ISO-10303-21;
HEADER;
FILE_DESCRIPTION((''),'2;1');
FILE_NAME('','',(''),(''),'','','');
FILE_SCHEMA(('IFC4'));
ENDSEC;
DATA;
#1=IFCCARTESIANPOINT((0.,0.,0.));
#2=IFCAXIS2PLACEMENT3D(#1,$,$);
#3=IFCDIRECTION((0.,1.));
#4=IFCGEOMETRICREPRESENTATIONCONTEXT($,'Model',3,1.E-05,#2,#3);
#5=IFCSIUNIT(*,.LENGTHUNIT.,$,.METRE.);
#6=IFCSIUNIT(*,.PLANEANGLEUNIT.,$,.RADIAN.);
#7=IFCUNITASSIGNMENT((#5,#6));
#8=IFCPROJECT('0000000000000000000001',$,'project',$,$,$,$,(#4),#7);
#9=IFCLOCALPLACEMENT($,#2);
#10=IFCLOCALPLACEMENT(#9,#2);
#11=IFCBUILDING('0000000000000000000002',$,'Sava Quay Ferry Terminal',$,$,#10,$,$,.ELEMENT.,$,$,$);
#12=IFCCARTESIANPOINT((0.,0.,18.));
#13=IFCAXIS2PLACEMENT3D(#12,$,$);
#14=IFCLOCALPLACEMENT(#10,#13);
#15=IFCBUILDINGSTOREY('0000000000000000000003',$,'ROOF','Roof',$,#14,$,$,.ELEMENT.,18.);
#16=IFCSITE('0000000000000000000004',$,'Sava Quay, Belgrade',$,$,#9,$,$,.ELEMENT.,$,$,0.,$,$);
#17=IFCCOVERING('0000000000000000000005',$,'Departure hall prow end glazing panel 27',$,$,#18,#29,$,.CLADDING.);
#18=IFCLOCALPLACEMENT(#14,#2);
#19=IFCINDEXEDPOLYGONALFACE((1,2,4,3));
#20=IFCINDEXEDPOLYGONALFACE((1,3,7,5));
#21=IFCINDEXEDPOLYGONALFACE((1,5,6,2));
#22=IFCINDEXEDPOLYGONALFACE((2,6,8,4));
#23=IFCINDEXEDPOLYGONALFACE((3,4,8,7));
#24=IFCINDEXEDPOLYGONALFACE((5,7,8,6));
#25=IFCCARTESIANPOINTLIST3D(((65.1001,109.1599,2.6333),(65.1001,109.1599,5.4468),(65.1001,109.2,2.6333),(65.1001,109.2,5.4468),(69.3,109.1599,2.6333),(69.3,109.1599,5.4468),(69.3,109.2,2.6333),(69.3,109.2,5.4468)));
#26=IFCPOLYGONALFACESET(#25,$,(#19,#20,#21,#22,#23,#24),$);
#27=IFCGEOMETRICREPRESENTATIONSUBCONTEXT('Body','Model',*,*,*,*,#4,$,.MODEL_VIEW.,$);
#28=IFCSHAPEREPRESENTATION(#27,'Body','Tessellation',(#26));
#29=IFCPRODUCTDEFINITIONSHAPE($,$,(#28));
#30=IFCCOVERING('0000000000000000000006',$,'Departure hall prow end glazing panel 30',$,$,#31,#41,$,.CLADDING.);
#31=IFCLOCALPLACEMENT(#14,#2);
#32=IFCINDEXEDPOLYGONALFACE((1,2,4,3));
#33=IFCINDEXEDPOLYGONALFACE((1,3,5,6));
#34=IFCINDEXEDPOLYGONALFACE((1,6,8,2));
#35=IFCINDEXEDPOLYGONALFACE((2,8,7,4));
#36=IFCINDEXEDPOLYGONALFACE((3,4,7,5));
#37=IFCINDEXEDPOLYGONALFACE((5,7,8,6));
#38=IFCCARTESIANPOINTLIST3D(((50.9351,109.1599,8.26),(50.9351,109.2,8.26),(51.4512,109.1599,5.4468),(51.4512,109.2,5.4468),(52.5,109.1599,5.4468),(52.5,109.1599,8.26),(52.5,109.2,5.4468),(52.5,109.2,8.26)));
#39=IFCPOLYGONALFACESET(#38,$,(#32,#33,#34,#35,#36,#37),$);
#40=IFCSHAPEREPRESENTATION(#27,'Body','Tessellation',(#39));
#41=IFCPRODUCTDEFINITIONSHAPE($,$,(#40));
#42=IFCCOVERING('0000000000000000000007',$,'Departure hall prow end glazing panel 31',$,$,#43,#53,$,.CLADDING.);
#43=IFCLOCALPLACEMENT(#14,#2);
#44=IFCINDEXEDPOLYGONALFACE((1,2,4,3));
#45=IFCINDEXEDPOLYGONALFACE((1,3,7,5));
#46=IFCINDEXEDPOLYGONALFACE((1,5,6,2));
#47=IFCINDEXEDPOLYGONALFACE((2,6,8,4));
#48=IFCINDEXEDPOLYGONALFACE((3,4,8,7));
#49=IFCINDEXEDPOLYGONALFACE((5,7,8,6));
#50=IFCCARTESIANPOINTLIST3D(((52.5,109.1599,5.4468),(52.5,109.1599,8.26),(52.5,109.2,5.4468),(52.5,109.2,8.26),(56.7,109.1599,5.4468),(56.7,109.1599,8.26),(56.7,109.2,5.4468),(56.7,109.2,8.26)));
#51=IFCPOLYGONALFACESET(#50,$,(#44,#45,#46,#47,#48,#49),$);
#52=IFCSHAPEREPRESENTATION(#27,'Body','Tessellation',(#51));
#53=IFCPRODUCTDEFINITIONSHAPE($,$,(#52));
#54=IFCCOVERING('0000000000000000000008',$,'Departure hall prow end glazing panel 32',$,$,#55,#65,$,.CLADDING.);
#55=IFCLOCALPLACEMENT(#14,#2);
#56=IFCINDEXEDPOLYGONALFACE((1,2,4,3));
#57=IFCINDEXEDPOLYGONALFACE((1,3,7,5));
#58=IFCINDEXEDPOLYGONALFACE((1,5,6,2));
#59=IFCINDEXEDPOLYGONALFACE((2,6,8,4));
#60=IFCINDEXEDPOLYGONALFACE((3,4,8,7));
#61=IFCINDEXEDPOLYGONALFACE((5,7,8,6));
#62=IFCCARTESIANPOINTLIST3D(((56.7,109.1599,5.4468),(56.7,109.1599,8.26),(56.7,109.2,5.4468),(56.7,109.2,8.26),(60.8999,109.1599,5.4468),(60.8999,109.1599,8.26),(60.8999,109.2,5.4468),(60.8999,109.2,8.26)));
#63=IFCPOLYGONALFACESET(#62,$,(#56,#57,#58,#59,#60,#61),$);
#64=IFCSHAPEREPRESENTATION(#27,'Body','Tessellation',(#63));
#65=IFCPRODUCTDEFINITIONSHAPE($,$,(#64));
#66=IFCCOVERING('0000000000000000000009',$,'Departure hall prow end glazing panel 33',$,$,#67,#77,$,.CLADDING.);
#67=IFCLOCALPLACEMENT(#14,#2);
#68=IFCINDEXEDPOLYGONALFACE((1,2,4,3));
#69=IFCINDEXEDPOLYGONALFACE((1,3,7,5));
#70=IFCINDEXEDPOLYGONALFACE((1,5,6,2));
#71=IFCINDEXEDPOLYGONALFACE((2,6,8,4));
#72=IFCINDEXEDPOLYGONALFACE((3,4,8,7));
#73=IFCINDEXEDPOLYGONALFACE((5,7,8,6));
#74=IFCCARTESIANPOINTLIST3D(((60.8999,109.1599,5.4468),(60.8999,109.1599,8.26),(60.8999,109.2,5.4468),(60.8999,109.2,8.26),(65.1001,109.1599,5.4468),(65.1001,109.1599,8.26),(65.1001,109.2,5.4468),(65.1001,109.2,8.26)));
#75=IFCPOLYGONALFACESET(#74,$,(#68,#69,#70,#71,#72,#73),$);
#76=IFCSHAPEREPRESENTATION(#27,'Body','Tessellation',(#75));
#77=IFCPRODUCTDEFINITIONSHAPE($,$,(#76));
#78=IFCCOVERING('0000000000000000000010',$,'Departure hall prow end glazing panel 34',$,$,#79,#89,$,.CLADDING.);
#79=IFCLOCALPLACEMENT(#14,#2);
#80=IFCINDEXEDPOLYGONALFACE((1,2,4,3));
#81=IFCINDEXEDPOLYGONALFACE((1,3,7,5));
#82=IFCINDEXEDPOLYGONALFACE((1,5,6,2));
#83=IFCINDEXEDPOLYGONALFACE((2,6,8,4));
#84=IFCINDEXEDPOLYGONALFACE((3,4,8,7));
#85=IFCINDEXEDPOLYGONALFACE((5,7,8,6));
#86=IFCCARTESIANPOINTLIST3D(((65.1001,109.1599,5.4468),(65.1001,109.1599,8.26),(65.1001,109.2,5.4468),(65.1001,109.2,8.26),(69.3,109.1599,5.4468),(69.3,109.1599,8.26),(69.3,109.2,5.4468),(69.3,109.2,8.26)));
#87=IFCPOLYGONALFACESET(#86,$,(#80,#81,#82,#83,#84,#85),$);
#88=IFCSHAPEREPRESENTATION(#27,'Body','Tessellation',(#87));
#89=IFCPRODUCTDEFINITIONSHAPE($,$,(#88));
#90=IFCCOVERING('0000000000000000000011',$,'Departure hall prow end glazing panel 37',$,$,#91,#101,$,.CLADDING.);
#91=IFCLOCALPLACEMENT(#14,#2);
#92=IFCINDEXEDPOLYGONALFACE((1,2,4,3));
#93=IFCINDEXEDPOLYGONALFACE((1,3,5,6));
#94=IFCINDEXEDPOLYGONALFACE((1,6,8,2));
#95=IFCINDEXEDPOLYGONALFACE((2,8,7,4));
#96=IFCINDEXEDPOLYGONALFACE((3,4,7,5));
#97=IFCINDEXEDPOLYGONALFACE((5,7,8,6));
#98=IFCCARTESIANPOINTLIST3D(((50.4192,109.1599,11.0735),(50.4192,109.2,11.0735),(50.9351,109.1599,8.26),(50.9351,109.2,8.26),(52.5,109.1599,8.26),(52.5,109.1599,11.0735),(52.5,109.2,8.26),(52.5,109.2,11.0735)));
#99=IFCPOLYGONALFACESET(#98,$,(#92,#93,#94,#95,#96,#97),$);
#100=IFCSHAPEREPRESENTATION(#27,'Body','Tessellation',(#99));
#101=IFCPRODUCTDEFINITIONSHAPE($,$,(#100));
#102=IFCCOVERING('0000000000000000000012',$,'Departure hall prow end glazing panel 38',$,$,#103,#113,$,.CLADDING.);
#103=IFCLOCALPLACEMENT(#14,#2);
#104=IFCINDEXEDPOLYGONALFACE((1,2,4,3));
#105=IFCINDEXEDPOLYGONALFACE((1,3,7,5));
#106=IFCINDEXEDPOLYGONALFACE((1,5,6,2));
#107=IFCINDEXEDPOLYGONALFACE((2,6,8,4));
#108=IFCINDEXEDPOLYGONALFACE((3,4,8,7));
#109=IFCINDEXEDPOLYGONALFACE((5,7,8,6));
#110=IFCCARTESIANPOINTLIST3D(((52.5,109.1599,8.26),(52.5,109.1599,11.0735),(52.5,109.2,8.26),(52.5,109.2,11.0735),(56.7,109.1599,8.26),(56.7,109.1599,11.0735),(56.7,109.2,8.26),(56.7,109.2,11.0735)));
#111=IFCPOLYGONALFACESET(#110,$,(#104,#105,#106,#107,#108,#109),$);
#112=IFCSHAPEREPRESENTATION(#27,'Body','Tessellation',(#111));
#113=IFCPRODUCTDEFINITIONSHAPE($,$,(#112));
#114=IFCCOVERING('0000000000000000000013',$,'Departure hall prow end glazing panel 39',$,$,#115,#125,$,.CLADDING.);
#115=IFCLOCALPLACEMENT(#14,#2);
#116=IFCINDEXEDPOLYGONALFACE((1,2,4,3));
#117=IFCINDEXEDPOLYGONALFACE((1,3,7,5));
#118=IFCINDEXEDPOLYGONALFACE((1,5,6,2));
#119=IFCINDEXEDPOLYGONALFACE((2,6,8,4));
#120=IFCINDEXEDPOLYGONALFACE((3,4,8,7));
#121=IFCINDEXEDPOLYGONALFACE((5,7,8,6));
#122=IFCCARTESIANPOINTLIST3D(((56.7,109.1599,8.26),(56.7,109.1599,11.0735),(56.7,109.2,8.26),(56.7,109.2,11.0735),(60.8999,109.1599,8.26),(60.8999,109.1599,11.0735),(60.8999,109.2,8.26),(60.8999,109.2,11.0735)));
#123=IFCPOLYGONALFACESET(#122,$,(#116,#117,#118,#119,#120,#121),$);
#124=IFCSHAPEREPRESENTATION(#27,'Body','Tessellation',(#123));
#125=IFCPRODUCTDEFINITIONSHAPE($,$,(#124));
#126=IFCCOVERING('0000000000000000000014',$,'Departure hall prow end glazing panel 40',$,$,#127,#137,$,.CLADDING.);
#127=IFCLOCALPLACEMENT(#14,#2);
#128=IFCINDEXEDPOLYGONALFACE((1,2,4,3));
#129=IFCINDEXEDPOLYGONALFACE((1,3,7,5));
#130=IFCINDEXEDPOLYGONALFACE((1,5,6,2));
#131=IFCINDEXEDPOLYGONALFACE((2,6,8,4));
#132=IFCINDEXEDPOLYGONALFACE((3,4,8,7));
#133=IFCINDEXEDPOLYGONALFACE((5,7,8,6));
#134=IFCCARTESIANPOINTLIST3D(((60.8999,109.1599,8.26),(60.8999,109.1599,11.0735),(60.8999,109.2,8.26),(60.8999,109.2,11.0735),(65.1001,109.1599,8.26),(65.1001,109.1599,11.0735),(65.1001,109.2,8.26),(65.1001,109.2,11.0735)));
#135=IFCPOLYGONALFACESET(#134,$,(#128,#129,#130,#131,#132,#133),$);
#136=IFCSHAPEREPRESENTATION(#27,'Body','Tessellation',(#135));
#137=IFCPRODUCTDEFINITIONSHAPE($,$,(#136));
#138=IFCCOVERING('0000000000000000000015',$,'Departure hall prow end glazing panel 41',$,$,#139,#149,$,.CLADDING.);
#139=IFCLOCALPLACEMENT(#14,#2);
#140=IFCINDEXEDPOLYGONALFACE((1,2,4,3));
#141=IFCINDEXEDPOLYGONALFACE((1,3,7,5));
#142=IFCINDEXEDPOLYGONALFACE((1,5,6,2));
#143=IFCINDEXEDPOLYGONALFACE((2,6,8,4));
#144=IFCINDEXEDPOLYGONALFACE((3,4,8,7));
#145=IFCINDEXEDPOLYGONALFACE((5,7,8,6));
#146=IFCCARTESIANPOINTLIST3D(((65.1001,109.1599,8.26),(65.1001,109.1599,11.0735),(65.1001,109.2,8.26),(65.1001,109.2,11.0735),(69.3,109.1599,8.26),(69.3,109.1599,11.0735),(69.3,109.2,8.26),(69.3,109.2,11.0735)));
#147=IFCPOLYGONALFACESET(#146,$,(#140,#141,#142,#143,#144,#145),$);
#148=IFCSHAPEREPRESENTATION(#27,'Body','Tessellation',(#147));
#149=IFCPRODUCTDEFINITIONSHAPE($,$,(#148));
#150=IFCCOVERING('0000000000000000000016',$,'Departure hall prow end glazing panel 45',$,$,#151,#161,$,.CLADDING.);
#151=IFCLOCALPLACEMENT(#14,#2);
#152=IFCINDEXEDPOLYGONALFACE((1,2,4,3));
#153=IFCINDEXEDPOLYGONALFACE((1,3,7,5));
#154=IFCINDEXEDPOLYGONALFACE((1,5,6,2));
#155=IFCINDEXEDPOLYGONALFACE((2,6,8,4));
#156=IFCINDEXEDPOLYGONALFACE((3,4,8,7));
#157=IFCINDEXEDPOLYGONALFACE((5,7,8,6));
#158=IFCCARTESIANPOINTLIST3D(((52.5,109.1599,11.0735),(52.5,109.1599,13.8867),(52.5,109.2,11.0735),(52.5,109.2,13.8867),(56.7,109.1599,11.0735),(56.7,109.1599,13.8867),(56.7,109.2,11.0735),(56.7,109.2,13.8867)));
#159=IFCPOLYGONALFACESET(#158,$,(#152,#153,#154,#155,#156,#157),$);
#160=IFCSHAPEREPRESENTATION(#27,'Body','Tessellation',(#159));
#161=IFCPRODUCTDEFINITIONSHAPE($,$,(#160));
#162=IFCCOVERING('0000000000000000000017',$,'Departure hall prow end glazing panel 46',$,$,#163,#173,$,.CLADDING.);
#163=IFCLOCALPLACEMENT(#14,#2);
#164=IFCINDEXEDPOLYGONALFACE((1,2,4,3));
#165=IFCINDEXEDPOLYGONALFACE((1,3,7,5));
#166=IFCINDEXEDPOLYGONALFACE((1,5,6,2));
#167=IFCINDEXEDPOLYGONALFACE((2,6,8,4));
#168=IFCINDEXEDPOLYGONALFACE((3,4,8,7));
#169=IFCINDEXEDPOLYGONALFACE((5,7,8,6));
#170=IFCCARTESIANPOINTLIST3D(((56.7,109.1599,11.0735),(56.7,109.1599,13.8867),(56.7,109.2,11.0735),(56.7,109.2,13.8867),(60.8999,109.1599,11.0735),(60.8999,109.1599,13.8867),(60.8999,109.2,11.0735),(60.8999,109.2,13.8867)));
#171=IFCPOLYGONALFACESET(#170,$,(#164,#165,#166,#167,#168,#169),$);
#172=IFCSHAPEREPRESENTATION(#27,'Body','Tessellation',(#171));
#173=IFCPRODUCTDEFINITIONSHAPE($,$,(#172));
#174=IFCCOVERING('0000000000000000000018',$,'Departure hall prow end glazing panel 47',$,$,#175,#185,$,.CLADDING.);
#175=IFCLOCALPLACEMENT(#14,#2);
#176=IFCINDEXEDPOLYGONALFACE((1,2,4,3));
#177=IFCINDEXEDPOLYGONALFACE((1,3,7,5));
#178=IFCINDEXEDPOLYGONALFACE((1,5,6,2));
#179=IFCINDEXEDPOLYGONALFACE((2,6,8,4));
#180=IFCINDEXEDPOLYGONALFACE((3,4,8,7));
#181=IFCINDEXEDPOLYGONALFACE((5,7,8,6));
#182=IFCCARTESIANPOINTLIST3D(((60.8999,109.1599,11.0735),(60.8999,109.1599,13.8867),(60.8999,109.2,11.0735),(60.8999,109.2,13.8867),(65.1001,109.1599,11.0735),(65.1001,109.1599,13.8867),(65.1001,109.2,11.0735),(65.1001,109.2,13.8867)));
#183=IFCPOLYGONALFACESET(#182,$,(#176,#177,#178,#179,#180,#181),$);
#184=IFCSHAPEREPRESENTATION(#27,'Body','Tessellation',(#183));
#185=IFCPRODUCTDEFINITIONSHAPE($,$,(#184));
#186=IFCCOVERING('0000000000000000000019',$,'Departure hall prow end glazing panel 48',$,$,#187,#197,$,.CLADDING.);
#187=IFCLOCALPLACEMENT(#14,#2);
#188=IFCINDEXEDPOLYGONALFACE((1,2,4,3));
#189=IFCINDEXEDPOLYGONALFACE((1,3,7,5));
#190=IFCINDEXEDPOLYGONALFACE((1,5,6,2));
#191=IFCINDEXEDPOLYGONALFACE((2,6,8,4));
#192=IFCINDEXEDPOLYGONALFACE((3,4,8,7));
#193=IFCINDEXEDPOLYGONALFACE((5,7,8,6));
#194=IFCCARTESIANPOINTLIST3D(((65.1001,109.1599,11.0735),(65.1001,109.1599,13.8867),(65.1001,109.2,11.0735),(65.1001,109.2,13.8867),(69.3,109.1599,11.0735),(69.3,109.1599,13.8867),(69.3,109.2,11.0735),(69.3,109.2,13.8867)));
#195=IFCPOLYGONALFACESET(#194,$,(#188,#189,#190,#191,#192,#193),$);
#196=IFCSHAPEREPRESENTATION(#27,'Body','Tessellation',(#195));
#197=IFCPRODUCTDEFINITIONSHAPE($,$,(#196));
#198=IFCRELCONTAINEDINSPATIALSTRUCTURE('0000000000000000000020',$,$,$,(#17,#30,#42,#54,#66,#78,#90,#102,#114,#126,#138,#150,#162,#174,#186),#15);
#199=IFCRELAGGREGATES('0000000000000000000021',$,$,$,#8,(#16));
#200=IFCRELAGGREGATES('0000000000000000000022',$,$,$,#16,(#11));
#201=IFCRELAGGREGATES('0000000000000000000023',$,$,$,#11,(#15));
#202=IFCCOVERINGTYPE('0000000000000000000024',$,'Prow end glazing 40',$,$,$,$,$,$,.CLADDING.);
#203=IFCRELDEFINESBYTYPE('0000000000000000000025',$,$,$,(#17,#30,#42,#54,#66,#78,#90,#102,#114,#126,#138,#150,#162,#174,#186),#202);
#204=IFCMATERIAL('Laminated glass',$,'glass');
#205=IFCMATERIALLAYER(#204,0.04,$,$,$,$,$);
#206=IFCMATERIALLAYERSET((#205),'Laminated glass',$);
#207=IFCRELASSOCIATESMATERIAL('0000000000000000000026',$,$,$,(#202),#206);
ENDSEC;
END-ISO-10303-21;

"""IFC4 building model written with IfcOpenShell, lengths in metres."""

from ifc_helpers import new_model, si_unit, direction, frame, origin, place, context, subcontext, project, spatial, polyline, outline, extrude, material, layer, layer_set, type_object, element, save


model = new_model("IFC4")

# Units and contexts
model_context = context("Model", 3, precision=1e-05, world=origin(), true_north=direction((0.0, 1.0)))
body_context = subcontext(model_context, "Body", "Model", "MODEL_VIEW")
ifc_project = project(units=[si_unit("LENGTHUNIT", "METRE"), si_unit("PLANEANGLEUNIT", "RADIAN")], contexts=[model_context])

# Site, building, storey
site_placement = place(None, origin())
site = spatial("IfcSite", under=ifc_project, at=site_placement, Name="Sava Quay, Belgrade", CompositionType="ELEMENT", RefElevation=0.0)
building_placement = place(site_placement, origin())
building = spatial("IfcBuilding", under=site, at=building_placement, Name="Sava Quay Ferry Terminal", CompositionType="ELEMENT")
storey_placement = place(building_placement, frame((0.0, 0.0, 18.0)))
storey = spatial("IfcBuildingStorey", under=building, at=storey_placement, Name="ROOF", Description="Roof", CompositionType="ELEMENT", Elevation=18.0)

# Coverings
ifc_material_1 = material(Name="Laminated glass", Category="glass")
ifc_layer = layer(ifc_material_1, 0.04)
ifc_layer_set = layer_set([ifc_layer], Name="Laminated glass")
covering_type = type_object("IfcCoveringType", Name="Prow end glazing 40", PredefinedType="CLADDING", material=ifc_layer_set)
covering_1_placement = place(storey_placement, frame((65.1001, 109.2, 2.6333), z_axis=(0.0, 1.0, 0.0), x_axis=(0.0, 0.0, 1.0)))
element("IfcCovering", 1, at=covering_1_placement, inside=storey, type_object=covering_type, Name="Departure hall prow end glazing panel 27", PredefinedType="CLADDING", context=body_context, shape_type="SweptSolid", body=[
    extrude(outline(polyline([(0.0, 0.0), (2.8135, 0.0), (2.8135, 4.2), (0.0, 4.2), (0.0, 0.0)])), origin(), (0.0, 0.0, -1.0), 0.04),
])
covering_2_placement = place(storey_placement, frame((50.9351, 109.2, 8.26), z_axis=(0.0, 1.0, 0.0), x_axis=(1.0, 0.0, 0.0)))
element("IfcCovering", 2, at=covering_2_placement, inside=storey, type_object=covering_type, Name="Departure hall prow end glazing panel 30", PredefinedType="CLADDING", context=body_context, shape_type="SweptSolid", body=[
    extrude(outline(polyline([(0.0, 0.0), (1.5649, 0.0), (1.5649, 2.8132), (0.5161, 2.8132), (0.0, 0.0)])), origin(), (0.0, 0.0, -1.0), 0.04),
])
for number, where, z_axis, x_axis, name in (
    (3, (52.5, 109.2, 5.4468), (0.0, 1.0, 0.0), (0.0, 0.0, 1.0), "Departure hall prow end glazing panel 31"),
    (4, (56.7, 109.2, 5.4468), (0.0, 1.0, 0.0), (0.0, 0.0, 1.0), "Departure hall prow end glazing panel 32"),
):
    element("IfcCovering", number, at=place(storey_placement, frame(where, z_axis=z_axis, x_axis=x_axis)), inside=storey, type_object=covering_type, Name=name, PredefinedType="CLADDING", context=body_context, shape_type="SweptSolid", body=[
        extrude(outline(polyline([(0.0, 0.0), (2.8132, 0.0), (2.8132, 4.2), (0.0, 4.2), (0.0, 0.0)])), origin(), (0.0, 0.0, -1.0), 0.04),
    ])
covering_3_placement = place(storey_placement, frame((60.8999, 109.2, 5.4468), z_axis=(0.0, 1.0, 0.0), x_axis=(0.0, 0.0, 1.0)))
element("IfcCovering", 5, at=covering_3_placement, inside=storey, type_object=covering_type, Name="Departure hall prow end glazing panel 33", PredefinedType="CLADDING", context=body_context, shape_type="SweptSolid", body=[
    extrude(outline(polyline([(0.0, 0.0), (2.8132, 0.0), (2.8132, 4.2002), (0.0, 4.2002), (0.0, 0.0)])), origin(), (0.0, 0.0, -1.0), 0.04),
])
covering_4_placement = place(storey_placement, frame((65.1001, 109.2, 5.4468), z_axis=(0.0, 1.0, 0.0), x_axis=(0.0, 0.0, 1.0)))
element("IfcCovering", 6, at=covering_4_placement, inside=storey, type_object=covering_type, Name="Departure hall prow end glazing panel 34", PredefinedType="CLADDING", context=body_context, shape_type="SweptSolid", body=[
    extrude(outline(polyline([(0.0, 0.0), (2.8132, 0.0), (2.8132, 4.2), (0.0, 4.2), (0.0, 0.0)])), origin(), (0.0, 0.0, -1.0), 0.04),
])
covering_5_placement = place(storey_placement, frame((50.4192, 109.2, 11.0735), z_axis=(0.0, 1.0, 0.0), x_axis=(1.0, 0.0, 0.0)))
element("IfcCovering", 7, at=covering_5_placement, inside=storey, type_object=covering_type, Name="Departure hall prow end glazing panel 37", PredefinedType="CLADDING", context=body_context, shape_type="SweptSolid", body=[
    extrude(outline(polyline([(0.0, 0.0), (2.0808, 0.0), (2.0808, 2.8135), (0.5159, 2.8135), (0.0, 0.0)])), origin(), (0.0, 0.0, -1.0), 0.04),
])
for number, where, z_axis, x_axis, name in (
    (8, (52.5, 109.2, 8.26), (0.0, 1.0, 0.0), (0.0, 0.0, 1.0), "Departure hall prow end glazing panel 38"),
    (9, (56.7, 109.2, 8.26), (0.0, 1.0, 0.0), (0.0, 0.0, 1.0), "Departure hall prow end glazing panel 39"),
):
    element("IfcCovering", number, at=place(storey_placement, frame(where, z_axis=z_axis, x_axis=x_axis)), inside=storey, type_object=covering_type, Name=name, PredefinedType="CLADDING", context=body_context, shape_type="SweptSolid", body=[
        extrude(outline(polyline([(0.0, 0.0), (2.8135, 0.0), (2.8135, 4.2), (0.0, 4.2), (0.0, 0.0)])), origin(), (0.0, 0.0, -1.0), 0.04),
    ])
covering_6_placement = place(storey_placement, frame((60.8999, 109.2, 8.26), z_axis=(0.0, 1.0, 0.0), x_axis=(0.0, 0.0, 1.0)))
element("IfcCovering", 10, at=covering_6_placement, inside=storey, type_object=covering_type, Name="Departure hall prow end glazing panel 40", PredefinedType="CLADDING", context=body_context, shape_type="SweptSolid", body=[
    extrude(outline(polyline([(0.0, 0.0), (2.8135, 0.0), (2.8135, 4.2002), (0.0, 4.2002), (0.0, 0.0)])), origin(), (0.0, 0.0, -1.0), 0.04),
])
covering_7_placement = place(storey_placement, frame((65.1001, 109.2, 8.26), z_axis=(0.0, 1.0, 0.0), x_axis=(0.0, 0.0, 1.0)))
element("IfcCovering", 11, at=covering_7_placement, inside=storey, type_object=covering_type, Name="Departure hall prow end glazing panel 41", PredefinedType="CLADDING", context=body_context, shape_type="SweptSolid", body=[
    extrude(outline(polyline([(0.0, 0.0), (2.8135, 0.0), (2.8135, 4.2), (0.0, 4.2), (0.0, 0.0)])), origin(), (0.0, 0.0, -1.0), 0.04),
])
for number, where, z_axis, x_axis, name in (
    (12, (52.5, 109.2, 11.0735), (0.0, 1.0, 0.0), (0.0, 0.0, 1.0), "Departure hall prow end glazing panel 45"),
    (13, (56.7, 109.2, 11.0735), (0.0, 1.0, 0.0), (0.0, 0.0, 1.0), "Departure hall prow end glazing panel 46"),
):
    element("IfcCovering", number, at=place(storey_placement, frame(where, z_axis=z_axis, x_axis=x_axis)), inside=storey, type_object=covering_type, Name=name, PredefinedType="CLADDING", context=body_context, shape_type="SweptSolid", body=[
        extrude(outline(polyline([(0.0, 0.0), (2.8132, 0.0), (2.8132, 4.2), (0.0, 4.2), (0.0, 0.0)])), origin(), (0.0, 0.0, -1.0), 0.04),
    ])
covering_8_placement = place(storey_placement, frame((60.8999, 109.2, 11.0735), z_axis=(0.0, 1.0, 0.0), x_axis=(0.0, 0.0, 1.0)))
element("IfcCovering", 14, at=covering_8_placement, inside=storey, type_object=covering_type, Name="Departure hall prow end glazing panel 47", PredefinedType="CLADDING", context=body_context, shape_type="SweptSolid", body=[
    extrude(outline(polyline([(0.0, 0.0), (2.8132, 0.0), (2.8132, 4.2002), (0.0, 4.2002), (0.0, 0.0)])), origin(), (0.0, 0.0, -1.0), 0.04),
])
covering_9_placement = place(storey_placement, frame((65.1001, 109.2, 11.0735), z_axis=(0.0, 1.0, 0.0), x_axis=(0.0, 0.0, 1.0)))
element("IfcCovering", 15, at=covering_9_placement, inside=storey, type_object=covering_type, Name="Departure hall prow end glazing panel 48", PredefinedType="CLADDING", context=body_context, shape_type="SweptSolid", body=[
    extrude(outline(polyline([(0.0, 0.0), (2.8132, 0.0), (2.8132, 4.2), (0.0, 4.2), (0.0, 0.0)])), origin(), (0.0, 0.0, -1.0), 0.04),
])

save(model, "model.ifc")
